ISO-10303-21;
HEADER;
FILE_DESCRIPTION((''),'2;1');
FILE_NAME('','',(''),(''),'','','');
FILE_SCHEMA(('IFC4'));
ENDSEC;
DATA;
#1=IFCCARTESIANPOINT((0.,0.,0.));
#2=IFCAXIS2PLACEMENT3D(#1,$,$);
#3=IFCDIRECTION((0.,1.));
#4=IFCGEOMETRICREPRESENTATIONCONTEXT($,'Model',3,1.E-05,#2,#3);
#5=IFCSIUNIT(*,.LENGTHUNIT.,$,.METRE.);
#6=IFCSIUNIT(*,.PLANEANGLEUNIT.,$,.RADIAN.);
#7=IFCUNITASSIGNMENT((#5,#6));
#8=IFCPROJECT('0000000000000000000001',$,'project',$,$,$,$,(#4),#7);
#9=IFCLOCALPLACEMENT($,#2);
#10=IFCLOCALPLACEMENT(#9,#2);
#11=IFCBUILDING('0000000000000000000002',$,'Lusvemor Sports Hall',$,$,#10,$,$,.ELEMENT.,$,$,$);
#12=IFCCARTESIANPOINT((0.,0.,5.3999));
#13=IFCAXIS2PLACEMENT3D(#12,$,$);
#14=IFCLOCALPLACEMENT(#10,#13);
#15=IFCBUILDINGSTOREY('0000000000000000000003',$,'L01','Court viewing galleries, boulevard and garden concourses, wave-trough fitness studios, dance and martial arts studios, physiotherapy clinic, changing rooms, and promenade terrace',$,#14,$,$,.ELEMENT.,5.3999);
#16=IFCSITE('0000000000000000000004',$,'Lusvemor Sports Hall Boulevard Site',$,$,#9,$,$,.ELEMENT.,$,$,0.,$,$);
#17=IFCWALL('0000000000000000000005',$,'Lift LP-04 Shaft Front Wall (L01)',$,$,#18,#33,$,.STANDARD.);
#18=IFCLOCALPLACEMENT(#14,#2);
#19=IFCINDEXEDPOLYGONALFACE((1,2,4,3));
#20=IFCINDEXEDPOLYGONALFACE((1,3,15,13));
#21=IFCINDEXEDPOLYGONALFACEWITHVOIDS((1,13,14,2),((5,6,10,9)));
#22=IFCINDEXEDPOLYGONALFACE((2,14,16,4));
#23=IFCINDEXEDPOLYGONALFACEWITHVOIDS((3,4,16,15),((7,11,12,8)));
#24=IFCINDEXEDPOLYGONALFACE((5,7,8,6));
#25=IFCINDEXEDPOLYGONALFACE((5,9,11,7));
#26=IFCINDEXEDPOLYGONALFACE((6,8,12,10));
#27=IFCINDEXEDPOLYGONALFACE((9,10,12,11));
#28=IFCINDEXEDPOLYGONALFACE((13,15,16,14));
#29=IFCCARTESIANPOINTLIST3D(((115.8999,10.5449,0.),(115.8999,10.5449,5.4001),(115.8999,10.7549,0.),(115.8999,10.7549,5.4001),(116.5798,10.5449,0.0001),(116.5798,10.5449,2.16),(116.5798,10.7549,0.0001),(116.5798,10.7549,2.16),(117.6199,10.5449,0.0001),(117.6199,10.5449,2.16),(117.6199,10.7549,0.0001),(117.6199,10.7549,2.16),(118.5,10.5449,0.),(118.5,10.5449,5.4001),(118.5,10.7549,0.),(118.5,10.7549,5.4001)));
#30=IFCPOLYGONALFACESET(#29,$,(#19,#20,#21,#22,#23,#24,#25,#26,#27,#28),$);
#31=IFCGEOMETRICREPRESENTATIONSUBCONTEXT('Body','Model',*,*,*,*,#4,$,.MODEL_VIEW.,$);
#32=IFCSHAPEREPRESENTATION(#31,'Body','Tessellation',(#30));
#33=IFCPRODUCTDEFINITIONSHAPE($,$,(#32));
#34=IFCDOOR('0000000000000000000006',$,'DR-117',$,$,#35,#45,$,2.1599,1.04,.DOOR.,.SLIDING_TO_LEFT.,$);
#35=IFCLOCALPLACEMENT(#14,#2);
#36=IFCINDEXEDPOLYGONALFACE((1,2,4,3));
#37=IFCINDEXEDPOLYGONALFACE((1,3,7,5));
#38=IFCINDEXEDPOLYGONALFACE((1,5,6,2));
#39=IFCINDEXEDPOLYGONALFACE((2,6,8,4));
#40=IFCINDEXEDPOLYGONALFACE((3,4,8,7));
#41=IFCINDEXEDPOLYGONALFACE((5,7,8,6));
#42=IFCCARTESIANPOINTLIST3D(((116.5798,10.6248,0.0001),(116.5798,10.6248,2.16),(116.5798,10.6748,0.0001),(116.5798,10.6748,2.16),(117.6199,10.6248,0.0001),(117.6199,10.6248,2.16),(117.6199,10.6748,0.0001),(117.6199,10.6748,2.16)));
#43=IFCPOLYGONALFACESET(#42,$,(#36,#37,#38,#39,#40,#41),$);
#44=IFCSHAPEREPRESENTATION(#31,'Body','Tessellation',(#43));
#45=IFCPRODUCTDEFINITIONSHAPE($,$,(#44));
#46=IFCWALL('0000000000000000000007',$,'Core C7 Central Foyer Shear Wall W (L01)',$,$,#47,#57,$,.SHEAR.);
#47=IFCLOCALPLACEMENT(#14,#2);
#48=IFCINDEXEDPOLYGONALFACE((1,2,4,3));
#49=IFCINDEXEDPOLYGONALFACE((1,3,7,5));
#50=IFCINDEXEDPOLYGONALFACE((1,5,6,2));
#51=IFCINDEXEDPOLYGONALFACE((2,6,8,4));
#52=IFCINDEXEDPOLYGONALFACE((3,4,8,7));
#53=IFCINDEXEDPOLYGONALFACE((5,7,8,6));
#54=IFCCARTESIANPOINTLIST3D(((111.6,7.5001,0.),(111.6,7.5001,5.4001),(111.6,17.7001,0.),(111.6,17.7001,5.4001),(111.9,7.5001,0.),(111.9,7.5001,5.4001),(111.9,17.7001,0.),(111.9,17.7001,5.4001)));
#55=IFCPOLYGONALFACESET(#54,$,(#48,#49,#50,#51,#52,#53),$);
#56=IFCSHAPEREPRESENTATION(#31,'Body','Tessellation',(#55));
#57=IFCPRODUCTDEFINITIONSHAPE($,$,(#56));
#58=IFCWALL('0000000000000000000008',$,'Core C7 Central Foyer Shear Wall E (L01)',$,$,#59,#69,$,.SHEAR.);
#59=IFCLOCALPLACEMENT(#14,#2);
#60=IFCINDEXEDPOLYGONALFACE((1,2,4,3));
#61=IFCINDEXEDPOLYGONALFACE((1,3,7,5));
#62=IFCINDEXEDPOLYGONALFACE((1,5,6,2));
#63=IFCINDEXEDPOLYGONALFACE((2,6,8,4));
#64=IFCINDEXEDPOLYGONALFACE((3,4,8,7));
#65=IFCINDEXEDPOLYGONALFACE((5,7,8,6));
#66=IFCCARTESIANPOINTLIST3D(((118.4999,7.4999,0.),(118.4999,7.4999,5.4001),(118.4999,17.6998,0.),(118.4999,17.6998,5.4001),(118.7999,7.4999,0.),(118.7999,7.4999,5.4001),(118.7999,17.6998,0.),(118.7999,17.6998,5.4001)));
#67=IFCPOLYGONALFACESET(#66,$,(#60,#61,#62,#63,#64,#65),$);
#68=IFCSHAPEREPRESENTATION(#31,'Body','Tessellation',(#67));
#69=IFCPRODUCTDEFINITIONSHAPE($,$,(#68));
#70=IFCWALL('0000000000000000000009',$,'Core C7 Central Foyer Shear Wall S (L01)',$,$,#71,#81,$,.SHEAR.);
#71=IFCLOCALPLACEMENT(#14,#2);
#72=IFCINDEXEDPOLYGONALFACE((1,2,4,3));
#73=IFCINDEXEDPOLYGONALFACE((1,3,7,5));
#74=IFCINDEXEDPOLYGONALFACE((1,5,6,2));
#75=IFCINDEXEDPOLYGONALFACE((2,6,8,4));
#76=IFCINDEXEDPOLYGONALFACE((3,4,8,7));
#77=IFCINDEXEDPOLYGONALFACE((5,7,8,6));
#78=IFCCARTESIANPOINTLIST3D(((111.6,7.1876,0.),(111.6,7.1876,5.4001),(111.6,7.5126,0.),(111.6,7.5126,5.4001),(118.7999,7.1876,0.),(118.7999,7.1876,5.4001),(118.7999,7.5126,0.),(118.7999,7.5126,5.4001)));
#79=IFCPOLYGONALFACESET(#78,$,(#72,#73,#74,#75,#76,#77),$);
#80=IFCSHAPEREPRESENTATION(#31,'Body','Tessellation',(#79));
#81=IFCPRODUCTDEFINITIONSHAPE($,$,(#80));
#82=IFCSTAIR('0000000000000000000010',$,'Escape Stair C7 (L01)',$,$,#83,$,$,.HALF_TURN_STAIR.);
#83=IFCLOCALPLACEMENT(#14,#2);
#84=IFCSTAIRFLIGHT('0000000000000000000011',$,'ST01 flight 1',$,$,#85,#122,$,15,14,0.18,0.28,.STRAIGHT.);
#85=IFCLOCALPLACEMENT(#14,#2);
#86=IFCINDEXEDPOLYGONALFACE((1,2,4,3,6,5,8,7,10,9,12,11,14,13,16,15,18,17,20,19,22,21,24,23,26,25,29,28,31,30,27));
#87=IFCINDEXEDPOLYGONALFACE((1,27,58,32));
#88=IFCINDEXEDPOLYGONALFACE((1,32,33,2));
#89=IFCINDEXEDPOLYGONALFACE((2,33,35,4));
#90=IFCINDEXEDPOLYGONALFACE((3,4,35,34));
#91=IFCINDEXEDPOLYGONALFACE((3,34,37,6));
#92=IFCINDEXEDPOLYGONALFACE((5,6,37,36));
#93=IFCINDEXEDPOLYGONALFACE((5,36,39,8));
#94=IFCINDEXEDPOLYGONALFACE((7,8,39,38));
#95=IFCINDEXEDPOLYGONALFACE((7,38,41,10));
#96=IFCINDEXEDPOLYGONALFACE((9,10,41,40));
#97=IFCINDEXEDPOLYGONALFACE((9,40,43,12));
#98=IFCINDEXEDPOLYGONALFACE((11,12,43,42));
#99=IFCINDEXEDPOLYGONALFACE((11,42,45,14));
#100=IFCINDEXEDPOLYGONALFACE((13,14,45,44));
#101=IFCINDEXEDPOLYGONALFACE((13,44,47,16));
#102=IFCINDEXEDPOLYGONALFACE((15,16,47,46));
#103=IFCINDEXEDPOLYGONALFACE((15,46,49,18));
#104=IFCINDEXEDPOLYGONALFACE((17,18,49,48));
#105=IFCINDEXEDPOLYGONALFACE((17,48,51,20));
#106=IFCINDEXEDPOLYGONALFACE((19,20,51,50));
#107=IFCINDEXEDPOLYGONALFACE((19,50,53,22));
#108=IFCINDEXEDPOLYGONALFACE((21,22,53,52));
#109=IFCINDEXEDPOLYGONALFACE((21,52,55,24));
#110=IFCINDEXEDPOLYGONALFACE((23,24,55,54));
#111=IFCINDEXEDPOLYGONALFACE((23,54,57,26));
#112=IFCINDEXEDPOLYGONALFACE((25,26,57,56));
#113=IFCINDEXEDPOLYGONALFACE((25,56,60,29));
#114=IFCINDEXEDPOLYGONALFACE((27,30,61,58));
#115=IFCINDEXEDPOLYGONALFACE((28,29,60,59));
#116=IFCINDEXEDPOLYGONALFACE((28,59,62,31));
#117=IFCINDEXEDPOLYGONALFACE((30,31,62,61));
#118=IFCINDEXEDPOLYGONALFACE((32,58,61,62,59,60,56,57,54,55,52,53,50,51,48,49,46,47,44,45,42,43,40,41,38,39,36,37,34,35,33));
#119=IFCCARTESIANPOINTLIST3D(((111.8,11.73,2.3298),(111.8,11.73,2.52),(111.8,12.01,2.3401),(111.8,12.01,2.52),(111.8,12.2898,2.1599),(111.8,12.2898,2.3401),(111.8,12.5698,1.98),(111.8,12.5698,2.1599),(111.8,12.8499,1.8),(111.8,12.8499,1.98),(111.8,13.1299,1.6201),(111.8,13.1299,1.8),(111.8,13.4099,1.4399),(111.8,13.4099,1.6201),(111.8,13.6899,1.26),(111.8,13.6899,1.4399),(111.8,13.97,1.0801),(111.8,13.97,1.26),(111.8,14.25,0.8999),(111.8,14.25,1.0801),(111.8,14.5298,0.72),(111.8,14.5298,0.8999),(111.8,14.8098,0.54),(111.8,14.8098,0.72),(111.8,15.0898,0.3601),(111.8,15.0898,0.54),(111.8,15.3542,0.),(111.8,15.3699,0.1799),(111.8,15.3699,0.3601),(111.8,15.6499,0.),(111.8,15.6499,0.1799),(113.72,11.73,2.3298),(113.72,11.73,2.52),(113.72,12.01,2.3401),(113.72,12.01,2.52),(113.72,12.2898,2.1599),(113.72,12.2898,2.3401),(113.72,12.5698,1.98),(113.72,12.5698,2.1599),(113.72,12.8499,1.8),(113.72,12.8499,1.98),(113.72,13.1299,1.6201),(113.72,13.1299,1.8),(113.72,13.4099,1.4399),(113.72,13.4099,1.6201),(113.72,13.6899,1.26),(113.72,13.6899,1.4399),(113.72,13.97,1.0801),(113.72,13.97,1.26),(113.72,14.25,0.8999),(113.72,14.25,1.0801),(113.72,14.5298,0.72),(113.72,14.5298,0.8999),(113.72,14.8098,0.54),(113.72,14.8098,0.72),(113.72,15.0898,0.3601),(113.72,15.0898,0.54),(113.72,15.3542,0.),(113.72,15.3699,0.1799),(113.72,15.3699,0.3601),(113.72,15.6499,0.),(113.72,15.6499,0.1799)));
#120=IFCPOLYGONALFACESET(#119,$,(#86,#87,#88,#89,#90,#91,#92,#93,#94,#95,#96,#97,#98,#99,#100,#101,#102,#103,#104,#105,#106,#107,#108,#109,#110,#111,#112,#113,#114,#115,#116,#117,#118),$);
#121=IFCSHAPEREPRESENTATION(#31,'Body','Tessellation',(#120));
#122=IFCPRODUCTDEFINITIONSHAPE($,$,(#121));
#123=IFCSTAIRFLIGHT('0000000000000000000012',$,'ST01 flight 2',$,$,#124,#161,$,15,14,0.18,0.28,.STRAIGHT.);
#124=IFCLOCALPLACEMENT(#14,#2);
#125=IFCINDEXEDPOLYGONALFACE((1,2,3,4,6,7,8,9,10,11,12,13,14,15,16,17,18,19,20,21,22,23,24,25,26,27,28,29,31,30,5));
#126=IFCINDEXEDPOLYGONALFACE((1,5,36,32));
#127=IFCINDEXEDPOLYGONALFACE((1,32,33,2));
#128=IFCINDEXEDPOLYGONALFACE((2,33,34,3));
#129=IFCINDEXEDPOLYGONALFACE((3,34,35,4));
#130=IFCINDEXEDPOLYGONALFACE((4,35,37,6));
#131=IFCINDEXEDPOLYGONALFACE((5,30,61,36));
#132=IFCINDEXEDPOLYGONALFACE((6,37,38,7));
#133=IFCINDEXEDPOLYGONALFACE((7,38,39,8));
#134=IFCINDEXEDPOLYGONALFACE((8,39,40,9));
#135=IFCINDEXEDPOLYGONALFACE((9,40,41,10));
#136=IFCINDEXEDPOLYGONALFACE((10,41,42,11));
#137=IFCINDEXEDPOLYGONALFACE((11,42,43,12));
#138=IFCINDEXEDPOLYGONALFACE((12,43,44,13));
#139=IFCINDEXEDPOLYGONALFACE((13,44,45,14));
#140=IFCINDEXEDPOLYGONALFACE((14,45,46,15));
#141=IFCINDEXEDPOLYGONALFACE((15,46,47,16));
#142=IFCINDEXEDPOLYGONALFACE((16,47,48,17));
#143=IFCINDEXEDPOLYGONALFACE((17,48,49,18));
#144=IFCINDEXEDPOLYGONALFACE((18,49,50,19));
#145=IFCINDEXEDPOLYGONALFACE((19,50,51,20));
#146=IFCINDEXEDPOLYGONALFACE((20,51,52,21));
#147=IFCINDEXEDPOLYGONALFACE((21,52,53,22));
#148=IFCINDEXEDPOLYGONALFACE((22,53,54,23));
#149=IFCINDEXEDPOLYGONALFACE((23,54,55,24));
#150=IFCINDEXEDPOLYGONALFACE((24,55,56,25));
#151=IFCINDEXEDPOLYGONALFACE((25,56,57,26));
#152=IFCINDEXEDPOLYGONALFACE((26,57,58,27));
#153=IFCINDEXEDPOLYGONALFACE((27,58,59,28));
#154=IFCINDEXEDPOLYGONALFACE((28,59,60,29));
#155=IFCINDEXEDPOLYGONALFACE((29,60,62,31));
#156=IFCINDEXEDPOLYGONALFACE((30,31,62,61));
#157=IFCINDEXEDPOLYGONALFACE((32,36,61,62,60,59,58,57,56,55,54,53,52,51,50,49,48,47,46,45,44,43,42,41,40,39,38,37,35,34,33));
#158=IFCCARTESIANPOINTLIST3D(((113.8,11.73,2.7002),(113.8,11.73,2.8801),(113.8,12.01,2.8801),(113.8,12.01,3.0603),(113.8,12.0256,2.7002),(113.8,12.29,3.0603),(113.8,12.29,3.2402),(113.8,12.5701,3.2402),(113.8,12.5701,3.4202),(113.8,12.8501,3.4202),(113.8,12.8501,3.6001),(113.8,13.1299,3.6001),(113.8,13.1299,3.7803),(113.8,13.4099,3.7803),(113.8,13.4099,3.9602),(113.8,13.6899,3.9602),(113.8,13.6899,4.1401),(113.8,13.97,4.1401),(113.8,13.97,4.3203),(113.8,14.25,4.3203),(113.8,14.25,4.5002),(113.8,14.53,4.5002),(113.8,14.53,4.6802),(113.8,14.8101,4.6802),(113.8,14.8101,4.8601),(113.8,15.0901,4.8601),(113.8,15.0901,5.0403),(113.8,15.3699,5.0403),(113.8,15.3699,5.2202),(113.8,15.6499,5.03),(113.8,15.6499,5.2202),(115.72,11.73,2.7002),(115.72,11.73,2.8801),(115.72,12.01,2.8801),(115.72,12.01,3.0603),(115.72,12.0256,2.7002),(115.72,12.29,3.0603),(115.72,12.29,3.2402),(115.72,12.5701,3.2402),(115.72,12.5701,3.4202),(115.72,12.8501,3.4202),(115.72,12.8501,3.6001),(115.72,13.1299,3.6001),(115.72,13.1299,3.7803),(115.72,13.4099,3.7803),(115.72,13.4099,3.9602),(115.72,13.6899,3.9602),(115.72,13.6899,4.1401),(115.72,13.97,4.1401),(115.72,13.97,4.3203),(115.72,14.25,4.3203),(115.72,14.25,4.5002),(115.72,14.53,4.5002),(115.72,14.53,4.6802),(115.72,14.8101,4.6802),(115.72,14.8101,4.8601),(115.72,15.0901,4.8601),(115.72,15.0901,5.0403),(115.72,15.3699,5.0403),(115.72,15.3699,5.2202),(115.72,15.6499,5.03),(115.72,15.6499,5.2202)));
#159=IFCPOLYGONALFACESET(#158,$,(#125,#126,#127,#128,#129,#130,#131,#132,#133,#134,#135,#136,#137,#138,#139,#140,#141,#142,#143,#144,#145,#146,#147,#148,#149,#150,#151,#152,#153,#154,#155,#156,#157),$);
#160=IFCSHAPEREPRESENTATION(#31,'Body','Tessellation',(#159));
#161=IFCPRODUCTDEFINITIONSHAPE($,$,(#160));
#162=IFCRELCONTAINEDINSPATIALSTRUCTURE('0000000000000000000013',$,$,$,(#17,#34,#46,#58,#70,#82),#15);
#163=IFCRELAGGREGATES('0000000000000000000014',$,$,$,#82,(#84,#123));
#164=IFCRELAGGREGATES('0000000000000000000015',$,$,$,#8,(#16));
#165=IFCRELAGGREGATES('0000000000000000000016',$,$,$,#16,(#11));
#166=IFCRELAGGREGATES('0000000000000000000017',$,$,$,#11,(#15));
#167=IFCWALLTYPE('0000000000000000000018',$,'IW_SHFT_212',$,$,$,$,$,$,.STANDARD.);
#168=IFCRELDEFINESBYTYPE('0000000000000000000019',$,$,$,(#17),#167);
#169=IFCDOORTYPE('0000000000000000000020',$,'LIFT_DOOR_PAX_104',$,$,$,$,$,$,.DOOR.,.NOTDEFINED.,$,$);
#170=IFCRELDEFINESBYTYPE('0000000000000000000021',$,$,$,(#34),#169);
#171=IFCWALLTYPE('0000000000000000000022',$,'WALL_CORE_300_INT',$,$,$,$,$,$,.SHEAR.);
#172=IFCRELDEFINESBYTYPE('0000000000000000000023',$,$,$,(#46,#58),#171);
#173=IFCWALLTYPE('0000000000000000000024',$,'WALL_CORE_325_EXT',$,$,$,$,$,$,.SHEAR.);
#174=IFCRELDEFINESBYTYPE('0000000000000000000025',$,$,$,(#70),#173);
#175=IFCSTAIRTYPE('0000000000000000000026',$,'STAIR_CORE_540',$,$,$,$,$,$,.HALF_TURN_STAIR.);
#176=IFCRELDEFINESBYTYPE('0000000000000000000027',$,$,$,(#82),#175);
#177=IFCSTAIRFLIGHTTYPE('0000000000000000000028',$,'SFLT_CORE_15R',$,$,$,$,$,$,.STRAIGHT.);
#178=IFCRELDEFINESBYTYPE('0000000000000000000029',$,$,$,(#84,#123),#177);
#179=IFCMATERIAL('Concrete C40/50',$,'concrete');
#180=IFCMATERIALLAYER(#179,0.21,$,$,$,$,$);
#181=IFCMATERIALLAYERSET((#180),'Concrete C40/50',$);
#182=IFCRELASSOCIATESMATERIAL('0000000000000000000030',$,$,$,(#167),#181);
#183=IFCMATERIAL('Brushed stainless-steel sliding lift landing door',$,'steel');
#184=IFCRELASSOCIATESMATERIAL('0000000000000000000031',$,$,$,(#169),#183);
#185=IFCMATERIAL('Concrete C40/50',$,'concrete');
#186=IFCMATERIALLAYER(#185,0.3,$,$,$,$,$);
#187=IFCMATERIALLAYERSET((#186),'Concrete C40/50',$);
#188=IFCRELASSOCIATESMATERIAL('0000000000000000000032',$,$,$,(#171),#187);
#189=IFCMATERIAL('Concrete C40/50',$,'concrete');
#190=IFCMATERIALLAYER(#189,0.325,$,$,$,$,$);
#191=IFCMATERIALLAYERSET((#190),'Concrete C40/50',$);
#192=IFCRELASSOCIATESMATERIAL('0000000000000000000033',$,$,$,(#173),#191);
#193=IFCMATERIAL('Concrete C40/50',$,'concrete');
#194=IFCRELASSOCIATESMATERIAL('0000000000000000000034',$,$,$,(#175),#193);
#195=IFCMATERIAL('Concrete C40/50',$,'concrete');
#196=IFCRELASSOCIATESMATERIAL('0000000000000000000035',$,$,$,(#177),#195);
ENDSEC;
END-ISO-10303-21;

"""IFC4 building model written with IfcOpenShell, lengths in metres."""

from ifc_helpers import new_model, si_unit, direction, frame, frame_2d, origin, place, context, subcontext, project, spatial, polyline, rectangle, outline, extrude, material, layer, layer_set, type_object, element, fill, aggregate, save


model = new_model("IFC4")

# Units and contexts
model_context = context("Model", 3, precision=1e-05, world=origin(), true_north=direction((0.0, 1.0)))
body_context = subcontext(model_context, "Body", "Model", "MODEL_VIEW")
ifc_project = project(units=[si_unit("LENGTHUNIT", "METRE"), si_unit("PLANEANGLEUNIT", "RADIAN")], contexts=[model_context])

# Site, building, storey
site_placement = place(None, origin())
site = spatial("IfcSite", under=ifc_project, at=site_placement, Name="Lusvemor Sports Hall Boulevard Site", CompositionType="ELEMENT", RefElevation=0.0)
building_placement = place(site_placement, origin())
building = spatial("IfcBuilding", under=site, at=building_placement, Name="Lusvemor Sports Hall", CompositionType="ELEMENT")
storey_placement = place(building_placement, frame((0.0, 0.0, 5.3999)))
storey = spatial("IfcBuildingStorey", under=building, at=storey_placement, Name="L01", Description="Court viewing galleries, boulevard and garden concourses, wave-trough fitness studios, dance and martial arts studios, physiotherapy clinic, changing rooms, and promenade terrace", CompositionType="ELEMENT", Elevation=5.3999)

# Wall, opening, door
ifc_material_1 = material(Name="Concrete C40/50", Category="concrete")
ifc_layer_1 = layer(ifc_material_1, 0.21)
ifc_layer_set_1 = layer_set([ifc_layer_1], Name="Concrete C40/50")
wall_type_1 = type_object("IfcWallType", Name="IW_SHFT_212", PredefinedType="STANDARD", material=ifc_layer_set_1)
wall_1_placement = place(storey_placement, frame((115.8999, 10.6499, 0.0), z_axis=(0.0, 0.0, 1.0), x_axis=(1.0, 0.0, 0.0)))
wall_1 = element("IfcWall", 1, at=wall_1_placement, inside=storey, type_object=wall_type_1, Name="Lift LP-04 Shaft Front Wall (L01)", PredefinedType="STANDARD", context=body_context, shape_type="SweptSolid", body=[
    extrude(rectangle(XDim=2.6001, YDim=0.21, at=frame_2d((1.3, 0.0))), origin(), (0.0, 0.0, 1.0), 5.4001),
])
opening_1_placement = place(wall_1_placement, frame((0.6799, 0.0, 0.0)))
opening_1 = element("IfcOpeningElement", 2, at=opening_1_placement, cuts=wall_1, PredefinedType="OPENING", context=body_context, shape_type="SweptSolid", body=[
    extrude(rectangle(XDim=1.04, YDim=2.1599, at=frame_2d((0.52, 1.0801))), frame((0.0, 0.105, 0.0), z_axis=(0.0, -1.0, 0.0), x_axis=(1.0, 0.0, 0.0)), (0.0, 0.0, 1.0), 0.21),
])
ifc_material_2 = material(Name="Brushed stainless-steel sliding lift landing door", Category="steel")
door_type_1 = type_object("IfcDoorType", Name="LIFT_DOOR_PAX_104", OperationType="NOTDEFINED", PredefinedType="DOOR", material=ifc_material_2)
door_1_placement = place(opening_1_placement, origin())
door_1 = element("IfcDoor", 3, at=door_1_placement, inside=storey, type_object=door_type_1, Name="DR-117", OperationType="SLIDING_TO_LEFT", OverallHeight=2.1599, OverallWidth=1.04, PredefinedType="DOOR", context=body_context, shape_type="SweptSolid", body=[
    extrude(rectangle(XDim=1.04, YDim=2.1599, at=frame_2d((0.52, 1.0801))), frame((0.0, 0.0249, 0.0), z_axis=(0.0, -1.0, 0.0), x_axis=(1.0, 0.0, 0.0)), (0.0, 0.0, 1.0), 0.05),
])
fill(opening_1, door_1)
ifc_material_3 = material(Name="Concrete C40/50", Category="concrete")
ifc_layer_2 = layer(ifc_material_3, 0.3)
ifc_layer_set_2 = layer_set([ifc_layer_2], Name="Concrete C40/50")
wall_type_2 = type_object("IfcWallType", Name="WALL_CORE_300_INT", PredefinedType="SHEAR", material=ifc_layer_set_2)

# Walls
for number, where, z_axis, x_axis, name in (
    (4, (111.75, 7.5, 0.0), (0.0, 0.0, 1.0), (0.0, 1.0, 0.0), "Core C7 Central Foyer Shear Wall W (L01)"),
    (5, (118.6499, 17.7, 0.0), (0.0, 0.0, 1.0), (0.0, -1.0, 0.0), "Core C7 Central Foyer Shear Wall E (L01)"),
):
    element("IfcWall", number, at=place(storey_placement, frame(where, z_axis=z_axis, x_axis=x_axis)), inside=storey, type_object=wall_type_2, Name=name, PredefinedType="SHEAR", context=body_context, shape_type="SweptSolid", body=[
        extrude(rectangle(XDim=10.2, YDim=0.3, at=frame_2d((5.1001, 0.0))), origin(), (0.0, 0.0, 1.0), 5.4001),
    ])

# Wall
ifc_material_4 = material(Name="Concrete C40/50", Category="concrete")
ifc_layer_3 = layer(ifc_material_4, 0.325)
ifc_layer_set_3 = layer_set([ifc_layer_3], Name="Concrete C40/50")
wall_type_3 = type_object("IfcWallType", Name="WALL_CORE_325_EXT", PredefinedType="SHEAR", material=ifc_layer_set_3)
wall_2_placement = place(storey_placement, frame((118.8, 7.3501, 0.0), z_axis=(0.0, 0.0, 1.0), x_axis=(-1.0, 0.0, 0.0)))
element("IfcWall", 6, at=wall_2_placement, inside=storey, type_object=wall_type_3, Name="Core C7 Central Foyer Shear Wall S (L01)", PredefinedType="SHEAR", context=body_context, shape_type="SweptSolid", body=[
    extrude(rectangle(XDim=7.2, YDim=0.325, at=frame_2d((3.6001, 0.0))), origin(), (0.0, 0.0, 1.0), 5.4001),
])

# Stair, stair flights
ifc_material_5 = material(Name="Concrete C40/50", Category="concrete")
stair_type = type_object("IfcStairType", Name="STAIR_CORE_540", PredefinedType="HALF_TURN_STAIR", material=ifc_material_5)
stair_placement = place(storey_placement, origin())
stair = element("IfcStair", 7, at=stair_placement, inside=storey, type_object=stair_type, Name="Escape Stair C7 (L01)", PredefinedType="HALF_TURN_STAIR")
ifc_material_6 = material(Name="Concrete C40/50", Category="concrete")
stair_flight_type = type_object("IfcStairFlightType", Name="SFLT_CORE_15R", PredefinedType="STRAIGHT", material=ifc_material_6)
stair_flight_1_placement = place(storey_placement, frame((112.76, 15.6499, 0.0), z_axis=(0.0, 0.0, 1.0), x_axis=(0.0, -1.0, 0.0)))
stair_flight_1 = element("IfcStairFlight", 8, at=stair_flight_1_placement, type_object=stair_flight_type, Name="ST01 flight 1", NumberOfRisers=15, NumberOfTreads=14, PredefinedType="STRAIGHT", RiserHeight=0.18, TreadLength=0.28, context=body_context, shape_type="SweptSolid", body=[
    extrude(outline(polyline([(0.0, 0.0), (0.0, 0.1799), (0.28, 0.1799), (0.28, 0.3601), (0.5601, 0.3601), (0.5601, 0.54), (0.8401, 0.54), (0.8401, 0.72), (1.1201, 0.72), (1.1201, 0.8999), (1.3999, 0.8999), (1.3999, 1.0801), (1.6799, 1.0801), (1.6799, 1.26), (1.96, 1.26), (1.96, 1.4399), (2.24, 1.4399), (2.24, 1.6201), (2.52, 1.6201), (2.52, 1.8), (2.8, 1.8), (2.8, 1.98), (3.0801, 1.98), (3.0801, 2.1599), (3.3601, 2.1599), (3.3601, 2.3401), (3.6399, 2.3401), (3.6399, 2.52), (3.9199, 2.52), (3.9199, 2.7), (3.9199, 2.3298), (0.2957, 0.0), (0.0, 0.0)])), frame((0.0, 0.96, 0.0), z_axis=(0.0, -1.0, 0.0), x_axis=(1.0, 0.0, 0.0)), (0.0, 0.0, 1.0), 1.9199),
])
stair_flight_2_placement = place(storey_placement, frame((114.76, 11.73, 2.7002), z_axis=(0.0, 0.0, 1.0), x_axis=(0.0, 1.0, 0.0)))
stair_flight_2 = element("IfcStairFlight", 9, at=stair_flight_2_placement, type_object=stair_flight_type, Name="ST01 flight 2", NumberOfRisers=15, NumberOfTreads=14, PredefinedType="STRAIGHT", RiserHeight=0.18, TreadLength=0.28, context=body_context, shape_type="SweptSolid", body=[
    extrude(outline(polyline([(0.0, 0.0), (0.0, 0.1799), (0.28, 0.1799), (0.28, 0.3601), (0.5601, 0.3601), (0.5601, 0.54), (0.8401, 0.54), (0.8401, 0.72), (1.1201, 0.72), (1.1201, 0.8999), (1.3999, 0.8999), (1.3999, 1.0801), (1.6799, 1.0801), (1.6799, 1.26), (1.96, 1.26), (1.96, 1.4399), (2.24, 1.4399), (2.24, 1.6201), (2.52, 1.6201), (2.52, 1.8), (2.8, 1.8), (2.8, 1.98), (3.0801, 1.98), (3.0801, 2.1599), (3.3601, 2.1599), (3.3601, 2.3401), (3.6399, 2.3401), (3.6399, 2.52), (3.9199, 2.52), (3.9199, 2.7), (3.9199, 2.3298), (0.2957, 0.0), (0.0, 0.0)])), frame((0.0, 0.96, 0.0), z_axis=(0.0, -1.0, 0.0), x_axis=(1.0, 0.0, 0.0)), (0.0, 0.0, 1.0), 1.9199),
])
aggregate(stair, [stair_flight_1, stair_flight_2])

save(model, "model.ifc")
